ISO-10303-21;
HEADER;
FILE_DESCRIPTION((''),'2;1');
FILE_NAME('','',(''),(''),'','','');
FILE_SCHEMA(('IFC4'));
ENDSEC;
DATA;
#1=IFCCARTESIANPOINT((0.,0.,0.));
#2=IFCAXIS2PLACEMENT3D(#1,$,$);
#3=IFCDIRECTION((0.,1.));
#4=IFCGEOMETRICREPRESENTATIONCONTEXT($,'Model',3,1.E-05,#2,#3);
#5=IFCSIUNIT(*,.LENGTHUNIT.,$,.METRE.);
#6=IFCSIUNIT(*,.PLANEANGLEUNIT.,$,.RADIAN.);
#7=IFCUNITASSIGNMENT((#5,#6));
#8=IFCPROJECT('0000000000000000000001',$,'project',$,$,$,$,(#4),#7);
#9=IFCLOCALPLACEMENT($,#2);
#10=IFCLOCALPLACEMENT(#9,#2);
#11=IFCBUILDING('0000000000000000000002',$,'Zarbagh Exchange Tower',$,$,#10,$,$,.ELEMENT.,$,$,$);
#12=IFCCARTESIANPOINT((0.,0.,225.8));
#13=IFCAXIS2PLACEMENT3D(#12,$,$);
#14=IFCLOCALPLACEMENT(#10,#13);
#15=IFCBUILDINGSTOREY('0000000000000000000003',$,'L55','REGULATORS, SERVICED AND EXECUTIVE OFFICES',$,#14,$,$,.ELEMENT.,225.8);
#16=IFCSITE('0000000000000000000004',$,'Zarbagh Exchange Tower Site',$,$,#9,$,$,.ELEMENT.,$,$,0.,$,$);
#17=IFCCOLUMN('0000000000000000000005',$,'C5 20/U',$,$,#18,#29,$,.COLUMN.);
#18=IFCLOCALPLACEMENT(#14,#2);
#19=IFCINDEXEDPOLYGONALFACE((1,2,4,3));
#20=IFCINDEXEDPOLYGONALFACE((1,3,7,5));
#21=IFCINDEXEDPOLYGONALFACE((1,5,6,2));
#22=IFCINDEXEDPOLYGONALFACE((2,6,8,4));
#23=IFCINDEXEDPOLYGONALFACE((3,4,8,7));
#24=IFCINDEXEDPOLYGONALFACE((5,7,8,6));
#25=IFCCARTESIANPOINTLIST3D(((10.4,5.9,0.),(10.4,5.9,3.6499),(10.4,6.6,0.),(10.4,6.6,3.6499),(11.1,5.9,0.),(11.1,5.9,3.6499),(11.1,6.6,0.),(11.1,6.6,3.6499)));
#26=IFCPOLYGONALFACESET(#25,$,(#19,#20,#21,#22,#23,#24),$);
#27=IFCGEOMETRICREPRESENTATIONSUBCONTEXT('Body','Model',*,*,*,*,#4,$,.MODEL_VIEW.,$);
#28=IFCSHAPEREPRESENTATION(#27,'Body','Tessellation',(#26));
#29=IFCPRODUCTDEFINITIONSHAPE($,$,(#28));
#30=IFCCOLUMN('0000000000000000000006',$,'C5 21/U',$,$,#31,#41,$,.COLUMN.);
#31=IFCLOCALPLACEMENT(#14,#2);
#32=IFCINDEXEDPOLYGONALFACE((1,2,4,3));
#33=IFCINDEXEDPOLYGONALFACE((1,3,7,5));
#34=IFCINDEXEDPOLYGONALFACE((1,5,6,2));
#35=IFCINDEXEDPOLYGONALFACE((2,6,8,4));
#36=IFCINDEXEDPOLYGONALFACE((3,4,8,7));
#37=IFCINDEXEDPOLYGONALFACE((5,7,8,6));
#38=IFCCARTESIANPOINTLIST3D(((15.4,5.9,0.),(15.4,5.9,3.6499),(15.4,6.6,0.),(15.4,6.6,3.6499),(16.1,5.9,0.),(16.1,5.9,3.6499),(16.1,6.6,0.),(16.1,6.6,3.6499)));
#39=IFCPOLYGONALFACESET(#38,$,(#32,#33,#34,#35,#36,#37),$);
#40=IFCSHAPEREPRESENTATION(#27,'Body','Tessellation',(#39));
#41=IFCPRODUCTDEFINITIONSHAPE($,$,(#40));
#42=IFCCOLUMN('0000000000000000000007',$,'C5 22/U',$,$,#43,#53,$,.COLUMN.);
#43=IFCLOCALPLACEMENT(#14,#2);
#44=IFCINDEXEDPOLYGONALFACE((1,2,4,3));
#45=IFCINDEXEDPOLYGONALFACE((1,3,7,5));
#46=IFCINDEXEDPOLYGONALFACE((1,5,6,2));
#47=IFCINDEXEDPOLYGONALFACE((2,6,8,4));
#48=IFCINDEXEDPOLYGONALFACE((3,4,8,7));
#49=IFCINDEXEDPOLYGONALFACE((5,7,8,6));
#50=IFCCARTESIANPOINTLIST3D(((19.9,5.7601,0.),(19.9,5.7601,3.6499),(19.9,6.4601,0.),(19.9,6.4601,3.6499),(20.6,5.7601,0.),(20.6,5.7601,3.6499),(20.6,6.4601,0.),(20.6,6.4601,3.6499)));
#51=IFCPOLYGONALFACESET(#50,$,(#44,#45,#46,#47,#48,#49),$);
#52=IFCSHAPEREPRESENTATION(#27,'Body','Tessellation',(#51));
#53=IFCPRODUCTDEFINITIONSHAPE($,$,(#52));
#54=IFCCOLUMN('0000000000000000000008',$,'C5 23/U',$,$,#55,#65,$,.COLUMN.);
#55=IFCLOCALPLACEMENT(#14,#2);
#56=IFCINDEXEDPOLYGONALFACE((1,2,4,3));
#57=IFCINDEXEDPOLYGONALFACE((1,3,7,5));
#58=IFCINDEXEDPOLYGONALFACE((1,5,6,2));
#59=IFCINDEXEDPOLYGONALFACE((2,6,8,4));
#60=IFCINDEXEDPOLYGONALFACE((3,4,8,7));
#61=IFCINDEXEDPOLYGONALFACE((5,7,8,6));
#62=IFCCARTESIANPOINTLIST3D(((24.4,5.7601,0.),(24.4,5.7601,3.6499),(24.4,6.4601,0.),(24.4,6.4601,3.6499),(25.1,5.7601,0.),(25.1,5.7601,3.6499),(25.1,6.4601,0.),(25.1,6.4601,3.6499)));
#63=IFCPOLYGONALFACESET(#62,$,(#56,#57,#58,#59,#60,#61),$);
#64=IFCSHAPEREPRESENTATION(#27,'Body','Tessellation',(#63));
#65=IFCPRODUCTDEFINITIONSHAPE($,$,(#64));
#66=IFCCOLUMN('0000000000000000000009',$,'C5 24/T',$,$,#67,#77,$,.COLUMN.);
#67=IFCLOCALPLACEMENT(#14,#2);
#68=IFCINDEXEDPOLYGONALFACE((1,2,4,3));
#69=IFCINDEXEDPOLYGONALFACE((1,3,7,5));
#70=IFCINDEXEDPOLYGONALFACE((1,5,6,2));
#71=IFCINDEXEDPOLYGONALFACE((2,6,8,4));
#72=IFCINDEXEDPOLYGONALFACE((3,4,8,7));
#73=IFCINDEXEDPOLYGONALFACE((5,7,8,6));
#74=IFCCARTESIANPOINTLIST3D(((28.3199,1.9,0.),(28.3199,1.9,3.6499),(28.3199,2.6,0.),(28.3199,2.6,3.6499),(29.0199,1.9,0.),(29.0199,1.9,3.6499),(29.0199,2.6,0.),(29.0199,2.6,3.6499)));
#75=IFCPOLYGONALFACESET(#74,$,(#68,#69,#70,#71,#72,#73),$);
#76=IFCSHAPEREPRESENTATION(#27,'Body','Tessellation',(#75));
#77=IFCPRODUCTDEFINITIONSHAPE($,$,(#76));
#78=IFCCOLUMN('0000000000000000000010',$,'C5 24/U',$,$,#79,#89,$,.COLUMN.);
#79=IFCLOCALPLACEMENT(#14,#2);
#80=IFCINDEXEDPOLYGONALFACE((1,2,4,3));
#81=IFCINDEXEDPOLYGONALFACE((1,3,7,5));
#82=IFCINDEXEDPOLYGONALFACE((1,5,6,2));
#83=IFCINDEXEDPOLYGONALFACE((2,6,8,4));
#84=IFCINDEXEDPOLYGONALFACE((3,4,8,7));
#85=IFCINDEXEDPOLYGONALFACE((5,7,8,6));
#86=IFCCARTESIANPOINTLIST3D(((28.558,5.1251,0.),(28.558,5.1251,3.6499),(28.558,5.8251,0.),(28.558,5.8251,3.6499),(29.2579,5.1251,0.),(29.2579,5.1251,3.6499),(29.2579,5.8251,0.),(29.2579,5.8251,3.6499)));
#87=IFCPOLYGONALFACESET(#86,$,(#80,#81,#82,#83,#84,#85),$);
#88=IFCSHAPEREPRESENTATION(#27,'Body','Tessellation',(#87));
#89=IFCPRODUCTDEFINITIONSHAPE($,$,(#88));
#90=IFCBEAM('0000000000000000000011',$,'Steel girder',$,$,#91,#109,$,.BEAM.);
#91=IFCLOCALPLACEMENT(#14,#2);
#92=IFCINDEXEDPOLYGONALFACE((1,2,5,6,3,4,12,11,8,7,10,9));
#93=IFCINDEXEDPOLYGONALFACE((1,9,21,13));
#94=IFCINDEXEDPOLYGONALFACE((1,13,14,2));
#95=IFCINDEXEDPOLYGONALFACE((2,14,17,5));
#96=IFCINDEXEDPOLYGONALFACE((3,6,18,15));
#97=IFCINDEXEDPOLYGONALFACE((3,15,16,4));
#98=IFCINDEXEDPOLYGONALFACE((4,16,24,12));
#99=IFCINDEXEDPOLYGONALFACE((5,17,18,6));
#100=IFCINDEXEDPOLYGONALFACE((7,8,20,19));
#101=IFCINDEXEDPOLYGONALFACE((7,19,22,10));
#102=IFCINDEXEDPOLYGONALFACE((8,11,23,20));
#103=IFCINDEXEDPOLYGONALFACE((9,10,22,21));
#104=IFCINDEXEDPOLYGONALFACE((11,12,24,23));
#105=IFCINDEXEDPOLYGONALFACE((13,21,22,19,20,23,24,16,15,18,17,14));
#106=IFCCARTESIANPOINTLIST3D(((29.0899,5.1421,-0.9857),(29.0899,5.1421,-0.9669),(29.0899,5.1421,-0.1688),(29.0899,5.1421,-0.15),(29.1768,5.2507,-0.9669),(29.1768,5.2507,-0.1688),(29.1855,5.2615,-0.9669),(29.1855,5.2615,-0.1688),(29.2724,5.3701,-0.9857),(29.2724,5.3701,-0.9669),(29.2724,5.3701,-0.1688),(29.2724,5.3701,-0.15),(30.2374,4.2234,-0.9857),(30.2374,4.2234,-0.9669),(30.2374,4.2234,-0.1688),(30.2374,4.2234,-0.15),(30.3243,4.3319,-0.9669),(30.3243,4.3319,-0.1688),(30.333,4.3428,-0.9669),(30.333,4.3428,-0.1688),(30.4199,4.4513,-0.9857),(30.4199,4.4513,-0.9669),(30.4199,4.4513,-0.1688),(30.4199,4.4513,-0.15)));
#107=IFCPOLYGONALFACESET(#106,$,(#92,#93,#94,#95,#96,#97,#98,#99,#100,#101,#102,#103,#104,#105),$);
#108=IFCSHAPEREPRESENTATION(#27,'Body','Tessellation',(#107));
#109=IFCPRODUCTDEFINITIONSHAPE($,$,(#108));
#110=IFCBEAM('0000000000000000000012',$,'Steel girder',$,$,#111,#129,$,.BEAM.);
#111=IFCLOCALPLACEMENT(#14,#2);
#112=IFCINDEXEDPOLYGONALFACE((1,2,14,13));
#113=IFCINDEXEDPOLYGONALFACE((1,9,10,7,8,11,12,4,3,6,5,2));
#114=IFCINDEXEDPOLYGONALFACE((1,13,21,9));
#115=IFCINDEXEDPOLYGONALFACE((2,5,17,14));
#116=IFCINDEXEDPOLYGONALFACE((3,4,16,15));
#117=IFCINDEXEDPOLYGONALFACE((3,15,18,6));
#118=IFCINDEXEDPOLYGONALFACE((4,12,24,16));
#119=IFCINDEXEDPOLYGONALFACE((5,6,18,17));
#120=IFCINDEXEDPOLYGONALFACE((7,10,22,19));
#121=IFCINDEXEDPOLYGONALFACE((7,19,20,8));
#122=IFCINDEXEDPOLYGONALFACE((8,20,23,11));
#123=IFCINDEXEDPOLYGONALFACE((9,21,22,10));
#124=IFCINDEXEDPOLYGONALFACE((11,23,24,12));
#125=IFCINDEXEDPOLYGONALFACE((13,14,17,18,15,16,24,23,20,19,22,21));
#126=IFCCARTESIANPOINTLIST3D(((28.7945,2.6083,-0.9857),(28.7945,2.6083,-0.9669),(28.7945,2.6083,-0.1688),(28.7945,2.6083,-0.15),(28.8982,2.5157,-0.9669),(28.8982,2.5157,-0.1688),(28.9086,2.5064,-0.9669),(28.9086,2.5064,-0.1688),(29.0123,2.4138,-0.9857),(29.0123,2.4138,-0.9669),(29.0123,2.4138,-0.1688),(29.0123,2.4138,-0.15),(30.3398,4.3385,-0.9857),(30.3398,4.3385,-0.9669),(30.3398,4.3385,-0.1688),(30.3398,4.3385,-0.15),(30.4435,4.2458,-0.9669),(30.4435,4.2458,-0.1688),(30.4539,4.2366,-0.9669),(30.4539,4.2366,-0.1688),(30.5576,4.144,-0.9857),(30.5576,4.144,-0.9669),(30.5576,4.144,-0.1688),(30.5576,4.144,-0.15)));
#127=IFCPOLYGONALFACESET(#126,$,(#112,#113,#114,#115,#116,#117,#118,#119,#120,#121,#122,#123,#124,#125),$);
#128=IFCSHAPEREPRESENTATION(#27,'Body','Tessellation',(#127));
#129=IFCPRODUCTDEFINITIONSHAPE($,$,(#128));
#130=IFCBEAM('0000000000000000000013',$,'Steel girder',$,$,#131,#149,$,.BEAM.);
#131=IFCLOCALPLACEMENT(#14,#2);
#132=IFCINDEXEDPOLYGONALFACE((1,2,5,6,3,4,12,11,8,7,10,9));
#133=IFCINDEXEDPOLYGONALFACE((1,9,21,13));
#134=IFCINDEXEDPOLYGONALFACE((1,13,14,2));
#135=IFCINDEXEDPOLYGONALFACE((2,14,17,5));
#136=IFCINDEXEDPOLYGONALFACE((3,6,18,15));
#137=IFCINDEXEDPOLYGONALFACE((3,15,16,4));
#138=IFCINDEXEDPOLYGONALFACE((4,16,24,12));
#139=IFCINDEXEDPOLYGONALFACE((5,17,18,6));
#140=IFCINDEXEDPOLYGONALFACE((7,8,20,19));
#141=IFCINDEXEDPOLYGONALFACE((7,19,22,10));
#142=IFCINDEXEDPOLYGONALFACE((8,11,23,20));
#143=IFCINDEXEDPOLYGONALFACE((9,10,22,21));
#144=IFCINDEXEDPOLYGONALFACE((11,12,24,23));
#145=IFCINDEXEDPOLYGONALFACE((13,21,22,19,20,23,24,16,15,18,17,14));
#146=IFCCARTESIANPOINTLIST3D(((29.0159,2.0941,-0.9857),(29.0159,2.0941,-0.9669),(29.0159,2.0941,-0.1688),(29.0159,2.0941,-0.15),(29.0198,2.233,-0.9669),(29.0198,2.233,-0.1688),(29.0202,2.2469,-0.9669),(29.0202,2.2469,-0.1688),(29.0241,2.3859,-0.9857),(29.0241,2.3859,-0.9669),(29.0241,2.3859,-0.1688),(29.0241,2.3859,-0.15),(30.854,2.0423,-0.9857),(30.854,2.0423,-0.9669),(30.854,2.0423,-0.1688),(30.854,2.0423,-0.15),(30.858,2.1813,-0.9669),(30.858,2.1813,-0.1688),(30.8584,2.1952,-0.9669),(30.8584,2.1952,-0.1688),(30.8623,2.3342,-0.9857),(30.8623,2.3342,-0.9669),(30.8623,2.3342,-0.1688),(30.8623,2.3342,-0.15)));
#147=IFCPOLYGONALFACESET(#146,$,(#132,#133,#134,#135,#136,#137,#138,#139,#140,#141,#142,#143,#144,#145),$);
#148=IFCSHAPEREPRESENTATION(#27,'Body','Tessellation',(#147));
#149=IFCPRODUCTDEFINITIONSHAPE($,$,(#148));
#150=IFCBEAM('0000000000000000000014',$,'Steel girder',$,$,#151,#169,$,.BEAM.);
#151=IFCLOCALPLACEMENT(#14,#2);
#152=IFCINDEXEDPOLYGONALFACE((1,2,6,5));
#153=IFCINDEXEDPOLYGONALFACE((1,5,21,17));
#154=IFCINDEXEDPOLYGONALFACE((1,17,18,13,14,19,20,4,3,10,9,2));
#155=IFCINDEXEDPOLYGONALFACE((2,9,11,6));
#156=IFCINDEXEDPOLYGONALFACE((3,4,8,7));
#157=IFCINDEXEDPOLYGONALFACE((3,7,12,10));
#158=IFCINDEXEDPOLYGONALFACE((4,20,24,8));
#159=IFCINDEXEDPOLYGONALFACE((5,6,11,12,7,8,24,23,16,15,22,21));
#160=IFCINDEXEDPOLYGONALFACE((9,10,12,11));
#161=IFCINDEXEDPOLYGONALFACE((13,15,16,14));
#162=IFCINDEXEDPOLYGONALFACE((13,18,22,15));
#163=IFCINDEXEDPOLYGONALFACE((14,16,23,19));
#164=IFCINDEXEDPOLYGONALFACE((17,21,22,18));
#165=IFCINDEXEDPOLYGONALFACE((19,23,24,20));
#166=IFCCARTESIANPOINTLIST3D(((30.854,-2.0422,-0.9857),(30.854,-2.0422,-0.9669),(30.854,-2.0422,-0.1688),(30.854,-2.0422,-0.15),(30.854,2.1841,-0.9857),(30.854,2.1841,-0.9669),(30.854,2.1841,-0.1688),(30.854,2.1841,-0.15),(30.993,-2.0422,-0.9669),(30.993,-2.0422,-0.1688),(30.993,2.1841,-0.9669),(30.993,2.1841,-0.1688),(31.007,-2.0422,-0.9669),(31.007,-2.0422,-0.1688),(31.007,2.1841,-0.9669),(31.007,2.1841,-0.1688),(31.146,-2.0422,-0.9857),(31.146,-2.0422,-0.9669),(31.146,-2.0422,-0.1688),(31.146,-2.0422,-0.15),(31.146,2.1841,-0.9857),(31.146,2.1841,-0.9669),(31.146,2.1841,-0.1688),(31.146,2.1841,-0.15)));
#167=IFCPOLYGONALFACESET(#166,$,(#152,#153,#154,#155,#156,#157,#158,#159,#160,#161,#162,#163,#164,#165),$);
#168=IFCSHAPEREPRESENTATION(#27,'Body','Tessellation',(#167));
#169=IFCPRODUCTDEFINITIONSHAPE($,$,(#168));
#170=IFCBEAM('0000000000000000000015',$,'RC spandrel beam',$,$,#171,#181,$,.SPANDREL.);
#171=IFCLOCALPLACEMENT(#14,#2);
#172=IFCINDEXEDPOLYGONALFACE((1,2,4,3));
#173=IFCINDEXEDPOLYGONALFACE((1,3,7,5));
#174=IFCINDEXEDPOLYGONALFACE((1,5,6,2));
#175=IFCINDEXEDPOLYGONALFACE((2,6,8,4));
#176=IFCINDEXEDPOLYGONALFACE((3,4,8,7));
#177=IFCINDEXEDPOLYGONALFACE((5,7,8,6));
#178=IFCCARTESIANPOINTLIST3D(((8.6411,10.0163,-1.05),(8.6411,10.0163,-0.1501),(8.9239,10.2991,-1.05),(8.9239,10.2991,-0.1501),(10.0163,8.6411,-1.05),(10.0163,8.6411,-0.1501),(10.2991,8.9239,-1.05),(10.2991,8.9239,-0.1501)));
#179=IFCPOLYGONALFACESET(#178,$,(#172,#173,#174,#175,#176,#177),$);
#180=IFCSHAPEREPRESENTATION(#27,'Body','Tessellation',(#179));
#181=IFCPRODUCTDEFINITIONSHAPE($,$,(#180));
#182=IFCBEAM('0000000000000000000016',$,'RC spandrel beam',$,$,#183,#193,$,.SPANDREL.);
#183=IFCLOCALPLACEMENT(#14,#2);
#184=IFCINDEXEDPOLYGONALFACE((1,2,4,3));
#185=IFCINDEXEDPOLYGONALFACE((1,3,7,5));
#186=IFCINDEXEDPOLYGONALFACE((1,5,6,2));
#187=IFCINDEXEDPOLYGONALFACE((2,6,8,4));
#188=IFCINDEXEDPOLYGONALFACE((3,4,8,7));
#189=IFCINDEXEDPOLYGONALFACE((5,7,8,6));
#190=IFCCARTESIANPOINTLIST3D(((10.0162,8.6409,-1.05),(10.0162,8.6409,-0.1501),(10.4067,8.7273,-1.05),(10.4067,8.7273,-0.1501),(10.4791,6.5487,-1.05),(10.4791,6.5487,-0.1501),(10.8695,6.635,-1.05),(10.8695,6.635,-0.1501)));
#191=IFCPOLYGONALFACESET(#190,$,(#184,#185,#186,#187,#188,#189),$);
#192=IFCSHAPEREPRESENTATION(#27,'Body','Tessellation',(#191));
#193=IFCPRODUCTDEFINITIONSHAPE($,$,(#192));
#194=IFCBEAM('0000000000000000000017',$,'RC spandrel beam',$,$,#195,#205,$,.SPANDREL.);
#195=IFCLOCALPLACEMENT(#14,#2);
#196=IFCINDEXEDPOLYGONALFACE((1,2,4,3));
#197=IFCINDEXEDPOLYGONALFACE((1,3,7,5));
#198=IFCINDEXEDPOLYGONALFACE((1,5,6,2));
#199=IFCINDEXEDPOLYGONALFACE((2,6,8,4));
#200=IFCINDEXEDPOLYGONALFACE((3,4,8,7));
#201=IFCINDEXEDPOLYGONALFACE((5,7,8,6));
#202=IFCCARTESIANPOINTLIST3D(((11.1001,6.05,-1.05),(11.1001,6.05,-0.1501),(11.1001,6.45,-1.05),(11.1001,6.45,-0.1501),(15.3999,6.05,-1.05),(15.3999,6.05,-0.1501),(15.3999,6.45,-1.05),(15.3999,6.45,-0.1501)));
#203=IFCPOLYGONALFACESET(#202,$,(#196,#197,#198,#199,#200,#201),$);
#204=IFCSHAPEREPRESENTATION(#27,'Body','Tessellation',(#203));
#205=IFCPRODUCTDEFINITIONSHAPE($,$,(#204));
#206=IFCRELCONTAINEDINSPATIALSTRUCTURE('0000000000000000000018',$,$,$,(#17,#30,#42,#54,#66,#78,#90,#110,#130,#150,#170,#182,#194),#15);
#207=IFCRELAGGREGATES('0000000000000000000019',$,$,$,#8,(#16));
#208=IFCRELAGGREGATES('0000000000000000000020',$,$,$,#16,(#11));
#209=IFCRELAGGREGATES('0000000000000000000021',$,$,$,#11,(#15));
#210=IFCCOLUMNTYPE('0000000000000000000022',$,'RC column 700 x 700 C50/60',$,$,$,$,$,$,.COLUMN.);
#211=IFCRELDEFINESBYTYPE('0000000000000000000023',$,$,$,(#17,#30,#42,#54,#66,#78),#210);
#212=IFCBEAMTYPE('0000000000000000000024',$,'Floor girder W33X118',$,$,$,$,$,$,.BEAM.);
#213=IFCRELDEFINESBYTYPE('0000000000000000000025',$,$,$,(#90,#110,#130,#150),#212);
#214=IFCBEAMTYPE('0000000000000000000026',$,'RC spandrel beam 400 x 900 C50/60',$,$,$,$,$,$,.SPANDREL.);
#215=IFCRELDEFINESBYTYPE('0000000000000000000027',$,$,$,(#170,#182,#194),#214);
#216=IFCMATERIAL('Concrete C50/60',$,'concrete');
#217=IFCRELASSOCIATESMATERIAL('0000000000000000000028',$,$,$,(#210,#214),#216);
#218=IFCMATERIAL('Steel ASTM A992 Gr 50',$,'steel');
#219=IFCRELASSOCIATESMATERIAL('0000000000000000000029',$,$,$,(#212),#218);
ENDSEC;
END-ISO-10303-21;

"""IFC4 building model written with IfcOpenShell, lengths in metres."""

from ifc_helpers import new_model, si_unit, direction, frame, origin, origin_2d, place, context, subcontext, project, spatial, rectangle, i_section, extrude, material, material_profile, profile_set, type_object, element, save


model = new_model("IFC4")

# Units and contexts
model_context = context("Model", 3, precision=1e-05, world=origin(), true_north=direction((0.0, 1.0)))
body_context = subcontext(model_context, "Body", "Model", "MODEL_VIEW")
ifc_project = project(units=[si_unit("LENGTHUNIT", "METRE"), si_unit("PLANEANGLEUNIT", "RADIAN")], contexts=[model_context])

# Site, building, storey
site_placement = place(None, origin())
site = spatial("IfcSite", under=ifc_project, at=site_placement, Name="Zarbagh Exchange Tower Site", CompositionType="ELEMENT", RefElevation=0.0)
building_placement = place(site_placement, origin())
building = spatial("IfcBuilding", under=site, at=building_placement, Name="Zarbagh Exchange Tower", CompositionType="ELEMENT")
storey_placement = place(building_placement, frame((0.0, 0.0, 225.8)))
storey = spatial("IfcBuildingStorey", under=building, at=storey_placement, Name="L55", Description="REGULATORS, SERVICED AND EXECUTIVE OFFICES", CompositionType="ELEMENT", Elevation=225.8)

# Columns
ifc_material_1 = material(Name="Concrete C50/60", Category="concrete")
ifc_material_profile_1 = material_profile(ifc_material_1, rectangle(XDim=0.7, YDim=0.7, at=origin_2d()), Name="RC column 700 x 700 C50/60")
ifc_profile_set_1 = profile_set([ifc_material_profile_1], Name="Concrete C50/60")
column_type = type_object("IfcColumnType", Name="RC column 700 x 700 C50/60", PredefinedType="COLUMN", material=ifc_profile_set_1)
for number, where, z_axis, x_axis, name in (
    (1, (10.75, 6.25, 0.0), (0.0, 0.0, 1.0), (1.0, 0.0, 0.0), "C5 20/U"),
    (2, (15.75, 6.25, 0.0), (0.0, 0.0, 1.0), (1.0, 0.0, 0.0), "C5 21/U"),
    (3, (20.25, 6.1101, 0.0), (0.0, 0.0, 1.0), (1.0, 0.0, 0.0), "C5 22/U"),
    (4, (24.75, 6.1101, 0.0), (0.0, 0.0, 1.0), (1.0, 0.0, 0.0), "C5 23/U"),
    (5, (28.6699, 2.25, 0.0), (0.0, 0.0, 1.0), (1.0, 0.0, 0.0), "C5 24/T"),
    (6, (28.908, 5.4751, 0.0), (0.0, 0.0, 1.0), (1.0, 0.0, 0.0), "C5 24/U"),
):
    element("IfcColumn", number, at=place(storey_placement, frame(where, z_axis=z_axis, x_axis=x_axis)), inside=storey, type_object=column_type, Name=name, PredefinedType="COLUMN", context=body_context, shape_type="SweptSolid", body=[
        extrude(rectangle(XDim=0.7, YDim=0.7, at=origin_2d()), origin(), (0.0, 0.0, 1.0), 3.6499),
    ])

# Beams
ifc_material_2 = material(Name="Steel ASTM A992 Gr 50", Category="steel")
ifc_material_profile_2 = material_profile(ifc_material_2, i_section(OverallWidth=0.292, OverallDepth=0.8357, WebThickness=0.0139, FlangeThickness=0.0188, at=origin_2d()), Name="W33X118")
ifc_profile_set_2 = profile_set([ifc_material_profile_2], Name="Steel ASTM A992 Gr 50")
beam_type_1 = type_object("IfcBeamType", Name="Floor girder W33X118", PredefinedType="BEAM", material=ifc_profile_set_2)
beam_1_placement = place(storey_placement, frame((29.1812, 5.2561, -0.5679), z_axis=(0.780626, -0.624999, 0.0), x_axis=(0.624999, 0.780626, 0.0)))
element("IfcBeam", 7, at=beam_1_placement, inside=storey, type_object=beam_type_1, Name="Steel girder", PredefinedType="BEAM", context=body_context, shape_type="SweptSolid", body=[
    extrude(i_section(OverallWidth=0.292, OverallDepth=0.8357, WebThickness=0.0139, FlangeThickness=0.0188, at=origin_2d()), origin(), (0.0, 0.0, 1.0), 1.47),
])
beam_2_placement = place(storey_placement, frame((30.4487, 4.2412, -0.5679), z_axis=(-0.666152, -0.745816, 0.0), x_axis=(0.745816, -0.666152, 0.0)))
element("IfcBeam", 8, at=beam_2_placement, inside=storey, type_object=beam_type_1, Name="Steel girder", PredefinedType="BEAM", context=body_context, shape_type="SweptSolid", body=[
    extrude(i_section(OverallWidth=0.292, OverallDepth=0.8357, WebThickness=0.0139, FlangeThickness=0.0188, at=origin_2d()), origin(), (0.0, 0.0, 1.0), 2.3198),
])
beam_3_placement = place(storey_placement, frame((29.02, 2.24, -0.5679), z_axis=(0.999604, -0.028147, 0.0), x_axis=(0.028147, 0.999604, 0.0)))
element("IfcBeam", 9, at=beam_3_placement, inside=storey, type_object=beam_type_1, Name="Steel girder", PredefinedType="BEAM", context=body_context, shape_type="SweptSolid", body=[
    extrude(i_section(OverallWidth=0.292, OverallDepth=0.8357, WebThickness=0.0139, FlangeThickness=0.0188, at=origin_2d()), origin(), (0.0, 0.0, 1.0), 1.8389),
])
beam_4_placement = place(storey_placement, frame((31.0, 2.1841, -0.5679), z_axis=(0.0, -1.0, 0.0), x_axis=(1.0, 0.0, 0.0)))
element("IfcBeam", 10, at=beam_4_placement, inside=storey, type_object=beam_type_1, Name="Steel girder", PredefinedType="BEAM", context=body_context, shape_type="SweptSolid", body=[
    extrude(i_section(OverallWidth=0.292, OverallDepth=0.8357, WebThickness=0.0139, FlangeThickness=0.0188, at=origin_2d()), origin(), (0.0, 0.0, 1.0), 4.2263),
])
ifc_material_profile_3 = material_profile(ifc_material_1, rectangle(XDim=0.3999, YDim=0.8999, at=origin_2d()), Name="RC spandrel beam 400 x 900 C50/60")
ifc_profile_set_3 = profile_set([ifc_material_profile_3], Name="Concrete C50/60")
beam_type_2 = type_object("IfcBeamType", Name="RC spandrel beam 400 x 900 C50/60", PredefinedType="SPANDREL", material=ifc_profile_set_3)
beam_5_placement = place(storey_placement, frame((8.7825, 10.1577, -0.6001), z_axis=(0.707107, -0.707107, 0.0), x_axis=(0.707107, 0.707107, 0.0)))
element("IfcBeam", 11, at=beam_5_placement, inside=storey, type_object=beam_type_2, Name="RC spandrel beam", PredefinedType="SPANDREL", context=body_context, shape_type="SweptSolid", body=[
    extrude(rectangle(XDim=0.3999, YDim=0.8999, at=origin_2d()), origin(), (0.0, 0.0, 1.0), 1.9448),
])
beam_6_placement = place(storey_placement, frame((10.2114, 8.6841, -0.6001), z_axis=(0.216014, -0.97639, 0.0), x_axis=(0.97639, 0.216014, 0.0)))
element("IfcBeam", 12, at=beam_6_placement, inside=storey, type_object=beam_type_2, Name="RC spandrel beam", PredefinedType="SPANDREL", context=body_context, shape_type="SweptSolid", body=[
    extrude(rectangle(XDim=0.3999, YDim=0.8999, at=origin_2d()), origin(), (0.0, 0.0, 1.0), 2.1428),
])
beam_7_placement = place(storey_placement, frame((11.1001, 6.25, -0.6001), z_axis=(1.0, 0.0, 0.0), x_axis=(0.0, 1.0, 0.0)))
element("IfcBeam", 13, at=beam_7_placement, inside=storey, type_object=beam_type_2, Name="RC spandrel beam", PredefinedType="SPANDREL", context=body_context, shape_type="SweptSolid", body=[
    extrude(rectangle(XDim=0.3999, YDim=0.8999, at=origin_2d()), origin(), (0.0, 0.0, 1.0), 4.2998),
])

save(model, "model.ifc")
